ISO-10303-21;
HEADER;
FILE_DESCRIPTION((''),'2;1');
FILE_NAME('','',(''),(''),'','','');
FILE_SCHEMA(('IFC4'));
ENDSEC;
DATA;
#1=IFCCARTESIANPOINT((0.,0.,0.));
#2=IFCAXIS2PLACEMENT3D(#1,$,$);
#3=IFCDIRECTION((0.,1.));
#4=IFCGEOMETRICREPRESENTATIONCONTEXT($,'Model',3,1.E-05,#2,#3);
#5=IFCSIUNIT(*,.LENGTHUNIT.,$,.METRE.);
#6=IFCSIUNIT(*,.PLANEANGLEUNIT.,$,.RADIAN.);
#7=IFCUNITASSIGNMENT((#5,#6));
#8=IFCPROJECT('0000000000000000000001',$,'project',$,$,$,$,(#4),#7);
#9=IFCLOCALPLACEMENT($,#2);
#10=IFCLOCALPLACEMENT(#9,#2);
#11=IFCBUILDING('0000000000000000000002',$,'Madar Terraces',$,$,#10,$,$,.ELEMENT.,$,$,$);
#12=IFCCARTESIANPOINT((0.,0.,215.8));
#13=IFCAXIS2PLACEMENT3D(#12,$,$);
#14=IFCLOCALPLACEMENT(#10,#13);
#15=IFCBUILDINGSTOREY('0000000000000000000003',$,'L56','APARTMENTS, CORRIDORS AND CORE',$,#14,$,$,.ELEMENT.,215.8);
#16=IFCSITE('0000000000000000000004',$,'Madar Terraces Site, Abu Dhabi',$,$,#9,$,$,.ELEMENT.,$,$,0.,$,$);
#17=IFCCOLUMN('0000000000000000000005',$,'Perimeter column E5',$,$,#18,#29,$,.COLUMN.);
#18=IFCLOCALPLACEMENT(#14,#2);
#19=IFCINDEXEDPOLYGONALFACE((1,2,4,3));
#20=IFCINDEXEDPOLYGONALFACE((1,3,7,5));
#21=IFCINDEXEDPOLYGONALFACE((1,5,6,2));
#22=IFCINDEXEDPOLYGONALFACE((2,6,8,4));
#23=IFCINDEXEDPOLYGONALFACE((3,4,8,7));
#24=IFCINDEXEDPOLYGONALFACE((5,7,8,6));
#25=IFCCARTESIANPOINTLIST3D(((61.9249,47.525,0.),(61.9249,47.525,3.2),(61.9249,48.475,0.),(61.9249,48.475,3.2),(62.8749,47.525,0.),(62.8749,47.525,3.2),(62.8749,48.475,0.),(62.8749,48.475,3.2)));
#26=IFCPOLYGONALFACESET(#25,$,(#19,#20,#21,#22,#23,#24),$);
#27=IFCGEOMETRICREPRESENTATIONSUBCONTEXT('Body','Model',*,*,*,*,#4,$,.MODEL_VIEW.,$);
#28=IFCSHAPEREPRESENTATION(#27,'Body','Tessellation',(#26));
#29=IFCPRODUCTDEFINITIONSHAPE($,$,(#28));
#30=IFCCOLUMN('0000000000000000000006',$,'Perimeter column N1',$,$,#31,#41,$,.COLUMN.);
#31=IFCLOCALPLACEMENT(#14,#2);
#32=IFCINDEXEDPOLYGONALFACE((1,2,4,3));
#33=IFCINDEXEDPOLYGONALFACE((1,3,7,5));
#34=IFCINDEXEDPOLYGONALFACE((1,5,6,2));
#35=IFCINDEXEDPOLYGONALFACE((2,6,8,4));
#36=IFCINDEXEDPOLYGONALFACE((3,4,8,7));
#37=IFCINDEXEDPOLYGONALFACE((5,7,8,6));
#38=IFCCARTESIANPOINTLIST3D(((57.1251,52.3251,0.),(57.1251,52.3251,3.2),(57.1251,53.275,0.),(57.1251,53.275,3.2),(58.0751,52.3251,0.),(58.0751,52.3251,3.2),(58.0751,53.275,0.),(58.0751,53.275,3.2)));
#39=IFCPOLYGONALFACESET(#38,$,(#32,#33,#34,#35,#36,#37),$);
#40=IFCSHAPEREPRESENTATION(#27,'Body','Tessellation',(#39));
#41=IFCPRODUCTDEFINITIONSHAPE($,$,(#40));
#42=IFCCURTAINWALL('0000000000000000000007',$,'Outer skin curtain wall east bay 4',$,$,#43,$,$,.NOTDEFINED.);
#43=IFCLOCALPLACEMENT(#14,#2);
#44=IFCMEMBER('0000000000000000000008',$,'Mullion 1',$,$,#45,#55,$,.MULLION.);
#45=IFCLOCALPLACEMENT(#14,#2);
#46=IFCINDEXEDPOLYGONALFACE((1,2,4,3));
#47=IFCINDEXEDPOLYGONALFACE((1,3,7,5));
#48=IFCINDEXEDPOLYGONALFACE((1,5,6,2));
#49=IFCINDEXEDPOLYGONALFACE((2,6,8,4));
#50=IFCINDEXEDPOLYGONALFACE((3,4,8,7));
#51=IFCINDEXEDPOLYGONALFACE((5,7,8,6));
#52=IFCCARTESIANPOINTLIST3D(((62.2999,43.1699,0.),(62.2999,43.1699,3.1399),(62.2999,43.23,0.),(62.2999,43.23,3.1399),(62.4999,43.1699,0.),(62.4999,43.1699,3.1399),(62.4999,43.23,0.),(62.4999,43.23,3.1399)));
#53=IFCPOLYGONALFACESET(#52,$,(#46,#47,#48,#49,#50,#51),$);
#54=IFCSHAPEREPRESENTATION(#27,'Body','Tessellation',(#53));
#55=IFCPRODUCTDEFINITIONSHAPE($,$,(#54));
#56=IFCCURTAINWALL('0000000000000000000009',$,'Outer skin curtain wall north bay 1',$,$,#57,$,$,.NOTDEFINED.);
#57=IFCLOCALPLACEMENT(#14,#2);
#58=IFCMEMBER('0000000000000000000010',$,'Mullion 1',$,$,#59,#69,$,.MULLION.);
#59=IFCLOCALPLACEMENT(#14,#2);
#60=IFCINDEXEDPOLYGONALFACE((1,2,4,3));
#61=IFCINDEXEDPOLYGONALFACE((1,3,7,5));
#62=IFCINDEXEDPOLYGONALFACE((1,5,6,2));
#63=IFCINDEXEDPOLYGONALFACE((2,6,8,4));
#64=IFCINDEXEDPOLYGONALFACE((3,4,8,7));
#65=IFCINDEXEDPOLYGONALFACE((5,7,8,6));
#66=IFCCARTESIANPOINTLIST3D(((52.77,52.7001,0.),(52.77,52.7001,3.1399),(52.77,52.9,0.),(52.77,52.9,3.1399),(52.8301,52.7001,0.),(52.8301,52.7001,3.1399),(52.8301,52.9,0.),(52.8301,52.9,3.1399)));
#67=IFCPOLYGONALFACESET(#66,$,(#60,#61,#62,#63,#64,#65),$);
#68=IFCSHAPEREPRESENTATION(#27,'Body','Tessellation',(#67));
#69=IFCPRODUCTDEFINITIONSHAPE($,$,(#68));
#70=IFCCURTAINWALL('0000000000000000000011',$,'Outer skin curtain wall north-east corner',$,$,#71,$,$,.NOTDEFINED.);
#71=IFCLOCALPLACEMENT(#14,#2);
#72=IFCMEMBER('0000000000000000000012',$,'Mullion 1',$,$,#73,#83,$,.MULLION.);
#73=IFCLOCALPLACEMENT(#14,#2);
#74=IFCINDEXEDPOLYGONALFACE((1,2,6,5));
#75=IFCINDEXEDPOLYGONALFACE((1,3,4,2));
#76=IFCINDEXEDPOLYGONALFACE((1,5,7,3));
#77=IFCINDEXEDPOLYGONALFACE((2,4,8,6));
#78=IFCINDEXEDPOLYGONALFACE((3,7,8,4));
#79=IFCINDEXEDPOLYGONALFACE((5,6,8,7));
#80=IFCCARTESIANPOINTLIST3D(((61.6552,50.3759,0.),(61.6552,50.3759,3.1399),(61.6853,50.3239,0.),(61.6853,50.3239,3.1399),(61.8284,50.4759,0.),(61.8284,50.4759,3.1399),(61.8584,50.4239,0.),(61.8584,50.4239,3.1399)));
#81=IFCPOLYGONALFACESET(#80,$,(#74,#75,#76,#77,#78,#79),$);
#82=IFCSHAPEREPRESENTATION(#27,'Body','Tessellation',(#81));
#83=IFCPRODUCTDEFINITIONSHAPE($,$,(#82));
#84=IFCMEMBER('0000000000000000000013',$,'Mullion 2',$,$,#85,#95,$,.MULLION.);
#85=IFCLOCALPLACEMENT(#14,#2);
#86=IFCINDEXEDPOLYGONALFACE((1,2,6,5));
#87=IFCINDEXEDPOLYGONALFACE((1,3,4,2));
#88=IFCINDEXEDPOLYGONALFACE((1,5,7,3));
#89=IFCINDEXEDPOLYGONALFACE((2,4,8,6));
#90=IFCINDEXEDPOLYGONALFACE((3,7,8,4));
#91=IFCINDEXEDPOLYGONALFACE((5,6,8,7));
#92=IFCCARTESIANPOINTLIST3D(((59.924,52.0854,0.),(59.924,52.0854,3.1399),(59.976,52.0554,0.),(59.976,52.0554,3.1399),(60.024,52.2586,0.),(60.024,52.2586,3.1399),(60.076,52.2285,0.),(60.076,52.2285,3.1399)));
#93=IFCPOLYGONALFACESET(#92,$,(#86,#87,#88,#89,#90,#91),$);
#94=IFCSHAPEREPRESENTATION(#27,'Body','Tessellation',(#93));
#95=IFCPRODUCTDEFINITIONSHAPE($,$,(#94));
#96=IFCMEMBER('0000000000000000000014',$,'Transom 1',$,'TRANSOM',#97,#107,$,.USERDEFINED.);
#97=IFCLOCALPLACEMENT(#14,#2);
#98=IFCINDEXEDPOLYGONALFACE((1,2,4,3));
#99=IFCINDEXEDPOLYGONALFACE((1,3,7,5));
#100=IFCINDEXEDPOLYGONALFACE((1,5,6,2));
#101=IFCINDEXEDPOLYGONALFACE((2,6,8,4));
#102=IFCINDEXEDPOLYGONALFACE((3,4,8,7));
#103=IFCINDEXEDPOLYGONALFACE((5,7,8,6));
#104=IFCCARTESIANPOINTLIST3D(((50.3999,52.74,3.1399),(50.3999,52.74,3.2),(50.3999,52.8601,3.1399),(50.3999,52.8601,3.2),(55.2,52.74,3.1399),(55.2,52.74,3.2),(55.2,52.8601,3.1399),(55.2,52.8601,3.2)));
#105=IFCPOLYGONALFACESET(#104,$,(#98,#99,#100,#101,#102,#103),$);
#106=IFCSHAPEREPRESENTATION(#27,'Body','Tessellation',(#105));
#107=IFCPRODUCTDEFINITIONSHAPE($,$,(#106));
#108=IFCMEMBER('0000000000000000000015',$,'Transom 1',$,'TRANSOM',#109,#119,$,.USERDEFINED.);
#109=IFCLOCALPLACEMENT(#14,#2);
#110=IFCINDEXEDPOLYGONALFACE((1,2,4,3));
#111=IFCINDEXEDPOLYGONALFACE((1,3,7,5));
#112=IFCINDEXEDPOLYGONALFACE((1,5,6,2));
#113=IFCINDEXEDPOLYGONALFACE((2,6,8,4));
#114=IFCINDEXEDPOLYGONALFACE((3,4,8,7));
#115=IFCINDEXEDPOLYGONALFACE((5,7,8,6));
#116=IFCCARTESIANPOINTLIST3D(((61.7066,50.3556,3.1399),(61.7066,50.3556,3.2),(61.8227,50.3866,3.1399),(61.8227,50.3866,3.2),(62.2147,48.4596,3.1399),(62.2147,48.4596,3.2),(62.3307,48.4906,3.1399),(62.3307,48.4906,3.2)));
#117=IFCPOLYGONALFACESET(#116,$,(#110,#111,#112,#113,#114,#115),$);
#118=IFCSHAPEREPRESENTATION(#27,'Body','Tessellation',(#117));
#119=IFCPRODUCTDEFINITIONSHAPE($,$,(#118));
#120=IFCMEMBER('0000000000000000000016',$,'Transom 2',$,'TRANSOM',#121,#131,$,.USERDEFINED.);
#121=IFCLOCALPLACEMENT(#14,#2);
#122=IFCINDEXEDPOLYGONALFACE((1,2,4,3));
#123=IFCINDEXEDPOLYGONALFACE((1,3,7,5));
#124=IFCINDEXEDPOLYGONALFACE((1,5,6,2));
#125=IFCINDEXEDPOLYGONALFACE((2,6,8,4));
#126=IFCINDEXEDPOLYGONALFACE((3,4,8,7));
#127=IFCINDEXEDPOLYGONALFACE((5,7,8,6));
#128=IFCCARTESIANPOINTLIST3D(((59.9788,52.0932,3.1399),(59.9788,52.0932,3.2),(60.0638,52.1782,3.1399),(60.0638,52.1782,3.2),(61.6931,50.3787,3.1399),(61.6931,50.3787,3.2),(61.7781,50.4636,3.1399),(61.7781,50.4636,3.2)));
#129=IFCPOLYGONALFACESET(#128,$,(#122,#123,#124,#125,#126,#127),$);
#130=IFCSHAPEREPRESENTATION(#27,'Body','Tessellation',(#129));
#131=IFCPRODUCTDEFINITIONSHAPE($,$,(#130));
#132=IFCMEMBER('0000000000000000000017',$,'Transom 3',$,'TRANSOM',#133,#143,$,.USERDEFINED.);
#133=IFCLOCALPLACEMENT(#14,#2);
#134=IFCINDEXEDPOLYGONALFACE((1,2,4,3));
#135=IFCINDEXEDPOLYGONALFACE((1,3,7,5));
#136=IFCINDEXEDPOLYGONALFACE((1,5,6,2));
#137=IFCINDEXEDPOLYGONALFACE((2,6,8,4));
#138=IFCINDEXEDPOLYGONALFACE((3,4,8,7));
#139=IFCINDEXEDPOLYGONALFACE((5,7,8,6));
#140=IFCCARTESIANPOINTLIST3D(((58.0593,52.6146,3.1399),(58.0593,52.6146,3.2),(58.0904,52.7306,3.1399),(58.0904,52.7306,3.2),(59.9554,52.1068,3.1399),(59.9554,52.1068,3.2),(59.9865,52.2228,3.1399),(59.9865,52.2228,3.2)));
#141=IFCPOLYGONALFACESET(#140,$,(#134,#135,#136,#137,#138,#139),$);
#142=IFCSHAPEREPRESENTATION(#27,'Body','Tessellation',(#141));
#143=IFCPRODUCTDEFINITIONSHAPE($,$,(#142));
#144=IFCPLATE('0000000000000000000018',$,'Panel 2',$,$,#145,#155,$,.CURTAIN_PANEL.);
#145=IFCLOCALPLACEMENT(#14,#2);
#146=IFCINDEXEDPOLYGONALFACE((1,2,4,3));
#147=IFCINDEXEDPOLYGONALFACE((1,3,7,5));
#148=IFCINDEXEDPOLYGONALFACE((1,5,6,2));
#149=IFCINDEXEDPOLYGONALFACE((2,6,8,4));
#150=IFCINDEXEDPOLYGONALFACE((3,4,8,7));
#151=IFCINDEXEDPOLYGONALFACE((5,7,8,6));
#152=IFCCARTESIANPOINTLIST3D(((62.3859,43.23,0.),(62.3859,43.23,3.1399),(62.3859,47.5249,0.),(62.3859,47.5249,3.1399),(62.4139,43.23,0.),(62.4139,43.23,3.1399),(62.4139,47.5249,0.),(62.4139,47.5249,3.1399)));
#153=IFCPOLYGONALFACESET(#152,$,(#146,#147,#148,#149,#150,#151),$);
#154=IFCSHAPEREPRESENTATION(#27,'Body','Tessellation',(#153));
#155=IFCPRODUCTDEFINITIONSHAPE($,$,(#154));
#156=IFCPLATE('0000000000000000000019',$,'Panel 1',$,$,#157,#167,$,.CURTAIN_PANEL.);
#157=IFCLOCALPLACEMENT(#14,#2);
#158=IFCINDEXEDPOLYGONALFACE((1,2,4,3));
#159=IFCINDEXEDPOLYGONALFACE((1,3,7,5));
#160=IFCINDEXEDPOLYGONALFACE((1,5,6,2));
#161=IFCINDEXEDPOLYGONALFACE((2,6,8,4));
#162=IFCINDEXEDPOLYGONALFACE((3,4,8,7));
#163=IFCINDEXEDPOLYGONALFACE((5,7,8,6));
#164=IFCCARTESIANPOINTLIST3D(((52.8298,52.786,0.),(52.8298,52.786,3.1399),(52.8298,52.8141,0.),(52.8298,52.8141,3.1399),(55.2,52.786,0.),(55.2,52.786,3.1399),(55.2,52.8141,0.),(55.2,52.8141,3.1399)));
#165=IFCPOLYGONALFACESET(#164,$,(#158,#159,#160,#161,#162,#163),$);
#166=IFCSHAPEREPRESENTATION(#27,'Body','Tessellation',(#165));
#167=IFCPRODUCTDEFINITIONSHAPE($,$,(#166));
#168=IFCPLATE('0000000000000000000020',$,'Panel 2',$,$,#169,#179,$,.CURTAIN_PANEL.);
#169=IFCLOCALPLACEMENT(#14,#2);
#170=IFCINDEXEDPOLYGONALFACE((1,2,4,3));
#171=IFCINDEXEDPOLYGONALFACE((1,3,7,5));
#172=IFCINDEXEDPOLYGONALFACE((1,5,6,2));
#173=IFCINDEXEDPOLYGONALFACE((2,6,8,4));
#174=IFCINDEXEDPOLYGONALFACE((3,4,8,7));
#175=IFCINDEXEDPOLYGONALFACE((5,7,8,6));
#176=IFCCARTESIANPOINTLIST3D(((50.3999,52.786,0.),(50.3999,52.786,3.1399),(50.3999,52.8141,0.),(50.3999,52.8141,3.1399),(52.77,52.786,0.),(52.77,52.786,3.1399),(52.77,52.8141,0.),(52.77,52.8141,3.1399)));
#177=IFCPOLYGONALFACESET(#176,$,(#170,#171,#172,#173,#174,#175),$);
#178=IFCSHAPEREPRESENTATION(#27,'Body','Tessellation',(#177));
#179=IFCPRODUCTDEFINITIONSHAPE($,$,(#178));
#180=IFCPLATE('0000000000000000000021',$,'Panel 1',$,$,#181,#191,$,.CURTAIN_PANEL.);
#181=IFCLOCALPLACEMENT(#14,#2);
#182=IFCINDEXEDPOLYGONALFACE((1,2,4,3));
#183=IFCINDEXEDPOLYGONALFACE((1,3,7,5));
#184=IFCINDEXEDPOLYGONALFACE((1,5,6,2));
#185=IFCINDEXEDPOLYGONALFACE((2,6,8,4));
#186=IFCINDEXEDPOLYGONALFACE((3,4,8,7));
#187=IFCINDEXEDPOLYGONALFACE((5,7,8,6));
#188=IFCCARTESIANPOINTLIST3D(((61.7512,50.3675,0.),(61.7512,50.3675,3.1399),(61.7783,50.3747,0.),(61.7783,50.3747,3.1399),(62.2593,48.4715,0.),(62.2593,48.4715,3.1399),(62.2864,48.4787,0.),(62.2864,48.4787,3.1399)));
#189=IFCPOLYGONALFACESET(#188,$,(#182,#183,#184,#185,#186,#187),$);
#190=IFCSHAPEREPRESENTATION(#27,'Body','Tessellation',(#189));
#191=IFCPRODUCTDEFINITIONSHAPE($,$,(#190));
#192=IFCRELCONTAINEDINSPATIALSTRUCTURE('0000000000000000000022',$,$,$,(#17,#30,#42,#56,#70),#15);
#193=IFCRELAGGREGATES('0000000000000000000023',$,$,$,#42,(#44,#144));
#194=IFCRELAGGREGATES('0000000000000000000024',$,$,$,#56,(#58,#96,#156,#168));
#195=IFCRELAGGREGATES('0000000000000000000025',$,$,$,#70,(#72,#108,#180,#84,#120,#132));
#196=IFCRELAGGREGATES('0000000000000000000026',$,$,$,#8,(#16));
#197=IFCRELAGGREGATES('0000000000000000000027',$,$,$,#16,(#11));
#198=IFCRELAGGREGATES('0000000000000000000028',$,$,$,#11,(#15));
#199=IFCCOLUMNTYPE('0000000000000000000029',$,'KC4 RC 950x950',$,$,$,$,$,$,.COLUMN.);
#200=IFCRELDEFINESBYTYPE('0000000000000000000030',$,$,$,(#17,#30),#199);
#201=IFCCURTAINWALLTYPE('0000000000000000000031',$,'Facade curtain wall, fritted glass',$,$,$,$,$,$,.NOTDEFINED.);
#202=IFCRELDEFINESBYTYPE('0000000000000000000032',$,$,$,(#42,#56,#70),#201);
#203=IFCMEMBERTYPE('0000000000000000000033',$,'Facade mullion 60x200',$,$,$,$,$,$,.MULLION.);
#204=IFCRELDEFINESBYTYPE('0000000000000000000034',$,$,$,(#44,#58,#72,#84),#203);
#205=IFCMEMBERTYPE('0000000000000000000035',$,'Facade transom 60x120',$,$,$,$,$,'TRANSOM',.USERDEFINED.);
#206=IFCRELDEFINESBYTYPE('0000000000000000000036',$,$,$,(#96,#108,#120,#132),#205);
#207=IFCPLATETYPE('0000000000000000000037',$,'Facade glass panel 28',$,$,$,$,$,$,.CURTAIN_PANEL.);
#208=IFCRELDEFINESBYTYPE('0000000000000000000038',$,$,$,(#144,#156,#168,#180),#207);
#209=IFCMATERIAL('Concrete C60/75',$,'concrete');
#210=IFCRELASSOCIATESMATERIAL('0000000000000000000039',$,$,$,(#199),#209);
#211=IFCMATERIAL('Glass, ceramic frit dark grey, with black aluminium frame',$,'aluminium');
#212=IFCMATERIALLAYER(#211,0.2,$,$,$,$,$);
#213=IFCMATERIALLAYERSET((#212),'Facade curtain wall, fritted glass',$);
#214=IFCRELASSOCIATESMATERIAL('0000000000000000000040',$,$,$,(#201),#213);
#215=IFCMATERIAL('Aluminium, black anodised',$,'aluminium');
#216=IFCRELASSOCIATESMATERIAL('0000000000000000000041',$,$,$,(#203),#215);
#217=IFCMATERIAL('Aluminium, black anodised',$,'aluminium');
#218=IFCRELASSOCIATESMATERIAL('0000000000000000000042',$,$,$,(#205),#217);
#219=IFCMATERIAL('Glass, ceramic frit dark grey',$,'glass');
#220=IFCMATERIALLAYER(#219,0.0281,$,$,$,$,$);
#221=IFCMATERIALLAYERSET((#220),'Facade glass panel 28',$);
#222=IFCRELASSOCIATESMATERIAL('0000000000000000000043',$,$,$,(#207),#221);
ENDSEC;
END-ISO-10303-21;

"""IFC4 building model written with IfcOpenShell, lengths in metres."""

from ifc_helpers import new_model, si_unit, direction, frame, origin, origin_2d, place, context, subcontext, project, spatial, rectangle, extrude, material, layer, layer_set, material_profile, profile_set, type_object, element, aggregate, save


model = new_model("IFC4")

# Units and contexts
model_context = context("Model", 3, precision=1e-05, world=origin(), true_north=direction((0.0, 1.0)))
body_context = subcontext(model_context, "Body", "Model", "MODEL_VIEW")
ifc_project = project(units=[si_unit("LENGTHUNIT", "METRE"), si_unit("PLANEANGLEUNIT", "RADIAN")], contexts=[model_context])

# Site, building, storey
site_placement = place(None, origin())
site = spatial("IfcSite", under=ifc_project, at=site_placement, Name="Madar Terraces Site, Abu Dhabi", CompositionType="ELEMENT", RefElevation=0.0)
building_placement = place(site_placement, origin())
building = spatial("IfcBuilding", under=site, at=building_placement, Name="Madar Terraces", CompositionType="ELEMENT")
storey_placement = place(building_placement, frame((0.0, 0.0, 215.8)))
storey = spatial("IfcBuildingStorey", under=building, at=storey_placement, Name="L56", Description="APARTMENTS, CORRIDORS AND CORE", CompositionType="ELEMENT", Elevation=215.8)

# Columns
ifc_material_1 = material(Name="Concrete C60/75", Category="concrete")
ifc_material_profile_1 = material_profile(ifc_material_1, rectangle(XDim=0.95, YDim=0.95, at=origin_2d()), Name="KC4 RC 950x950")
ifc_profile_set_1 = profile_set([ifc_material_profile_1], Name="Concrete C60/75")
column_type = type_object("IfcColumnType", Name="KC4 RC 950x950", PredefinedType="COLUMN", material=ifc_profile_set_1)
for number, where, z_axis, x_axis, name in (
    (1, (62.3999, 48.0, 0.0), (0.0, 0.0, 1.0), (1.0, 0.0, 0.0), "Perimeter column E5"),
    (2, (57.6001, 52.8, 0.0), (0.0, 0.0, 1.0), (1.0, 0.0, 0.0), "Perimeter column N1"),
):
    element("IfcColumn", number, at=place(storey_placement, frame(where, z_axis=z_axis, x_axis=x_axis)), inside=storey, type_object=column_type, Name=name, PredefinedType="COLUMN", context=body_context, shape_type="SweptSolid", body=[
        extrude(rectangle(XDim=0.95, YDim=0.95, at=origin_2d()), origin(), (0.0, 0.0, 1.0), 3.2),
    ])

# Curtain walls, members
ifc_material_2 = material(Name="Glass, ceramic frit dark grey, with black aluminium frame", Category="aluminium")
ifc_layer_1 = layer(ifc_material_2, 0.2)
ifc_layer_set_1 = layer_set([ifc_layer_1], Name="Facade curtain wall, fritted glass")
curtain_wall_type = type_object("IfcCurtainWallType", Name="Facade curtain wall, fritted glass", PredefinedType="NOTDEFINED", material=ifc_layer_set_1)
curtain_wall_1_placement = place(storey_placement, origin())
curtain_wall_1 = element("IfcCurtainWall", 3, at=curtain_wall_1_placement, inside=storey, type_object=curtain_wall_type, Name="Outer skin curtain wall east bay 4", PredefinedType="NOTDEFINED")
ifc_material_3 = material(Name="Aluminium, black anodised", Category="aluminium")
ifc_material_profile_2 = material_profile(ifc_material_3, rectangle(XDim=0.2, YDim=0.0601, at=origin_2d()), Name="Facade mullion 60x200")
ifc_profile_set_2 = profile_set([ifc_material_profile_2], Name="Aluminium, black anodised")
member_type_1 = type_object("IfcMemberType", Name="Facade mullion 60x200", PredefinedType="MULLION", material=ifc_profile_set_2)
member_1_placement = place(storey_placement, frame((62.3999, 43.2, 0.0), z_axis=(0.0, 0.0, 1.0), x_axis=(-1.0, 0.0, 0.0)))
member_1 = element("IfcMember", 4, at=member_1_placement, type_object=member_type_1, Name="Mullion 1", PredefinedType="MULLION", context=body_context, shape_type="SweptSolid", body=[
    extrude(rectangle(XDim=0.2, YDim=0.0601, at=origin_2d()), origin(), (0.0, 0.0, 1.0), 3.1399),
])
curtain_wall_2_placement = place(storey_placement, origin())
curtain_wall_2 = element("IfcCurtainWall", 5, at=curtain_wall_2_placement, inside=storey, type_object=curtain_wall_type, Name="Outer skin curtain wall north bay 1", PredefinedType="NOTDEFINED")
member_2_placement = place(storey_placement, frame((52.8, 52.8, 0.0), z_axis=(0.0, 0.0, 1.0), x_axis=(0.0, -1.0, 0.0)))
member_2 = element("IfcMember", 6, at=member_2_placement, type_object=member_type_1, Name="Mullion 1", PredefinedType="MULLION", context=body_context, shape_type="SweptSolid", body=[
    extrude(rectangle(XDim=0.2, YDim=0.0601, at=origin_2d()), origin(), (0.0, 0.0, 1.0), 3.1399),
])

# Curtain wall, members
curtain_wall_3_placement = place(storey_placement, origin())
curtain_wall_3 = element("IfcCurtainWall", 7, at=curtain_wall_3_placement, inside=storey, type_object=curtain_wall_type, Name="Outer skin curtain wall north-east corner", PredefinedType="NOTDEFINED")
member_3_placement = place(storey_placement, frame((61.7568, 50.3999, 0.0), z_axis=(0.0, 0.0, 1.0), x_axis=(-0.866025, -0.5, 0.0)))
member_3 = element("IfcMember", 8, at=member_3_placement, type_object=member_type_1, Name="Mullion 1", PredefinedType="MULLION", context=body_context, shape_type="SweptSolid", body=[
    extrude(rectangle(XDim=0.2, YDim=0.0601, at=origin_2d()), origin(), (0.0, 0.0, 1.0), 3.1399),
])
member_4_placement = place(storey_placement, frame((60.0, 52.157, 0.0), z_axis=(0.0, 0.0, 1.0), x_axis=(-0.5, -0.866025, 0.0)))
member_4 = element("IfcMember", 9, at=member_4_placement, type_object=member_type_1, Name="Mullion 2", PredefinedType="MULLION", context=body_context, shape_type="SweptSolid", body=[
    extrude(rectangle(XDim=0.2, YDim=0.0601, at=origin_2d()), origin(), (0.0, 0.0, 1.0), 3.1399),
])

# Members
ifc_material_4 = material(Name="Aluminium, black anodised", Category="aluminium")
ifc_material_profile_3 = material_profile(ifc_material_4, rectangle(XDim=0.1201, YDim=0.0601, at=origin_2d()), Name="Facade transom 60x120")
ifc_profile_set_3 = profile_set([ifc_material_profile_3], Name="Aluminium, black anodised")
member_type_2 = type_object("IfcMemberType", Name="Facade transom 60x120", ElementType="TRANSOM", PredefinedType="USERDEFINED", material=ifc_profile_set_3)
member_5_placement = place(storey_placement, frame((55.2, 52.8, 3.1699), z_axis=(-1.0, 0.0, 0.0), x_axis=(0.0, -1.0, 0.0)))
member_5 = element("IfcMember", 10, at=member_5_placement, type_object=member_type_2, Name="Transom 1", ObjectType="TRANSOM", PredefinedType="USERDEFINED", context=body_context, shape_type="SweptSolid", body=[
    extrude(rectangle(XDim=0.1201, YDim=0.0601, at=origin_2d()), origin(), (0.0, 0.0, 1.0), 4.8),
])
member_6_placement = place(storey_placement, frame((62.2727, 48.4751, 3.1699), z_axis=(-0.258831, 0.965923, 0.0), x_axis=(-0.965923, -0.258831, 0.0)))
member_6 = element("IfcMember", 11, at=member_6_placement, type_object=member_type_2, Name="Transom 1", ObjectType="TRANSOM", PredefinedType="USERDEFINED", context=body_context, shape_type="SweptSolid", body=[
    extrude(rectangle(XDim=0.1201, YDim=0.0601, at=origin_2d()), origin(), (0.0, 0.0, 1.0), 1.9629),
])
member_7_placement = place(storey_placement, frame((61.7356, 50.4211, 3.1699), z_axis=(-0.707056, 0.707157, 0.0), x_axis=(-0.707157, -0.707056, 0.0)))
member_7 = element("IfcMember", 12, at=member_7_placement, type_object=member_type_2, Name="Transom 2", ObjectType="TRANSOM", PredefinedType="USERDEFINED", context=body_context, shape_type="SweptSolid", body=[
    extrude(rectangle(XDim=0.1201, YDim=0.0601, at=origin_2d()), origin(), (0.0, 0.0, 1.0), 2.4246),
])
member_8_placement = place(storey_placement, frame((59.9709, 52.1648, 3.1699), z_axis=(-0.965954, 0.258715, 0.0), x_axis=(-0.258715, -0.965954, 0.0)))
member_8 = element("IfcMember", 13, at=member_8_placement, type_object=member_type_2, Name="Transom 3", ObjectType="TRANSOM", PredefinedType="USERDEFINED", context=body_context, shape_type="SweptSolid", body=[
    extrude(rectangle(XDim=0.1201, YDim=0.0601, at=origin_2d()), origin(), (0.0, 0.0, 1.0), 1.9629),
])

# Plates
ifc_material_5 = material(Name="Glass, ceramic frit dark grey", Category="glass")
ifc_layer_2 = layer(ifc_material_5, 0.0281)
ifc_layer_set_2 = layer_set([ifc_layer_2], Name="Facade glass panel 28")
plate_type = type_object("IfcPlateType", Name="Facade glass panel 28", PredefinedType="CURTAIN_PANEL", material=ifc_layer_set_2)
plate_1_placement = place(storey_placement, frame((62.3999, 45.3774, 0.0), z_axis=(0.0, 0.0, 1.0), x_axis=(0.0, 1.0, 0.0)))
plate_1 = element("IfcPlate", 14, at=plate_1_placement, type_object=plate_type, Name="Panel 2", PredefinedType="CURTAIN_PANEL", context=body_context, shape_type="SweptSolid", body=[
    extrude(rectangle(XDim=4.2949, YDim=0.0281, at=origin_2d()), origin(), (0.0, 0.0, 1.0), 3.1399),
])
aggregate(curtain_wall_1, [member_1, plate_1])
plate_2_placement = place(storey_placement, frame((54.0149, 52.8, 0.0), z_axis=(0.0, 0.0, 1.0), x_axis=(-1.0, 0.0, 0.0)))
plate_2 = element("IfcPlate", 15, at=plate_2_placement, type_object=plate_type, Name="Panel 1", PredefinedType="CURTAIN_PANEL", context=body_context, shape_type="SweptSolid", body=[
    extrude(rectangle(XDim=2.3701, YDim=0.0281, at=origin_2d()), origin(), (0.0, 0.0, 1.0), 3.1399),
])
plate_3_placement = place(storey_placement, frame((51.585, 52.8, 0.0), z_axis=(0.0, 0.0, 1.0), x_axis=(-1.0, 0.0, 0.0)))
plate_3 = element("IfcPlate", 16, at=plate_3_placement, type_object=plate_type, Name="Panel 2", PredefinedType="CURTAIN_PANEL", context=body_context, shape_type="SweptSolid", body=[
    extrude(rectangle(XDim=2.3701, YDim=0.0281, at=origin_2d()), origin(), (0.0, 0.0, 1.0), 3.1399),
])
aggregate(curtain_wall_2, [member_2, member_5, plate_2, plate_3])
plate_4_placement = place(storey_placement, frame((62.0188, 49.4231, 0.0), z_axis=(0.0, 0.0, 1.0), x_axis=(-0.258819, 0.965926, 0.0)))
plate_4 = element("IfcPlate", 17, at=plate_4_placement, type_object=plate_type, Name="Panel 1", PredefinedType="CURTAIN_PANEL", context=body_context, shape_type="SweptSolid", body=[
    extrude(rectangle(XDim=1.9629, YDim=0.0281, at=origin_2d()), origin(), (0.0, 0.0, 1.0), 3.1399),
])
aggregate(curtain_wall_3, [member_3, member_6, plate_4, member_4, member_7, member_8])

save(model, "model.ifc")
